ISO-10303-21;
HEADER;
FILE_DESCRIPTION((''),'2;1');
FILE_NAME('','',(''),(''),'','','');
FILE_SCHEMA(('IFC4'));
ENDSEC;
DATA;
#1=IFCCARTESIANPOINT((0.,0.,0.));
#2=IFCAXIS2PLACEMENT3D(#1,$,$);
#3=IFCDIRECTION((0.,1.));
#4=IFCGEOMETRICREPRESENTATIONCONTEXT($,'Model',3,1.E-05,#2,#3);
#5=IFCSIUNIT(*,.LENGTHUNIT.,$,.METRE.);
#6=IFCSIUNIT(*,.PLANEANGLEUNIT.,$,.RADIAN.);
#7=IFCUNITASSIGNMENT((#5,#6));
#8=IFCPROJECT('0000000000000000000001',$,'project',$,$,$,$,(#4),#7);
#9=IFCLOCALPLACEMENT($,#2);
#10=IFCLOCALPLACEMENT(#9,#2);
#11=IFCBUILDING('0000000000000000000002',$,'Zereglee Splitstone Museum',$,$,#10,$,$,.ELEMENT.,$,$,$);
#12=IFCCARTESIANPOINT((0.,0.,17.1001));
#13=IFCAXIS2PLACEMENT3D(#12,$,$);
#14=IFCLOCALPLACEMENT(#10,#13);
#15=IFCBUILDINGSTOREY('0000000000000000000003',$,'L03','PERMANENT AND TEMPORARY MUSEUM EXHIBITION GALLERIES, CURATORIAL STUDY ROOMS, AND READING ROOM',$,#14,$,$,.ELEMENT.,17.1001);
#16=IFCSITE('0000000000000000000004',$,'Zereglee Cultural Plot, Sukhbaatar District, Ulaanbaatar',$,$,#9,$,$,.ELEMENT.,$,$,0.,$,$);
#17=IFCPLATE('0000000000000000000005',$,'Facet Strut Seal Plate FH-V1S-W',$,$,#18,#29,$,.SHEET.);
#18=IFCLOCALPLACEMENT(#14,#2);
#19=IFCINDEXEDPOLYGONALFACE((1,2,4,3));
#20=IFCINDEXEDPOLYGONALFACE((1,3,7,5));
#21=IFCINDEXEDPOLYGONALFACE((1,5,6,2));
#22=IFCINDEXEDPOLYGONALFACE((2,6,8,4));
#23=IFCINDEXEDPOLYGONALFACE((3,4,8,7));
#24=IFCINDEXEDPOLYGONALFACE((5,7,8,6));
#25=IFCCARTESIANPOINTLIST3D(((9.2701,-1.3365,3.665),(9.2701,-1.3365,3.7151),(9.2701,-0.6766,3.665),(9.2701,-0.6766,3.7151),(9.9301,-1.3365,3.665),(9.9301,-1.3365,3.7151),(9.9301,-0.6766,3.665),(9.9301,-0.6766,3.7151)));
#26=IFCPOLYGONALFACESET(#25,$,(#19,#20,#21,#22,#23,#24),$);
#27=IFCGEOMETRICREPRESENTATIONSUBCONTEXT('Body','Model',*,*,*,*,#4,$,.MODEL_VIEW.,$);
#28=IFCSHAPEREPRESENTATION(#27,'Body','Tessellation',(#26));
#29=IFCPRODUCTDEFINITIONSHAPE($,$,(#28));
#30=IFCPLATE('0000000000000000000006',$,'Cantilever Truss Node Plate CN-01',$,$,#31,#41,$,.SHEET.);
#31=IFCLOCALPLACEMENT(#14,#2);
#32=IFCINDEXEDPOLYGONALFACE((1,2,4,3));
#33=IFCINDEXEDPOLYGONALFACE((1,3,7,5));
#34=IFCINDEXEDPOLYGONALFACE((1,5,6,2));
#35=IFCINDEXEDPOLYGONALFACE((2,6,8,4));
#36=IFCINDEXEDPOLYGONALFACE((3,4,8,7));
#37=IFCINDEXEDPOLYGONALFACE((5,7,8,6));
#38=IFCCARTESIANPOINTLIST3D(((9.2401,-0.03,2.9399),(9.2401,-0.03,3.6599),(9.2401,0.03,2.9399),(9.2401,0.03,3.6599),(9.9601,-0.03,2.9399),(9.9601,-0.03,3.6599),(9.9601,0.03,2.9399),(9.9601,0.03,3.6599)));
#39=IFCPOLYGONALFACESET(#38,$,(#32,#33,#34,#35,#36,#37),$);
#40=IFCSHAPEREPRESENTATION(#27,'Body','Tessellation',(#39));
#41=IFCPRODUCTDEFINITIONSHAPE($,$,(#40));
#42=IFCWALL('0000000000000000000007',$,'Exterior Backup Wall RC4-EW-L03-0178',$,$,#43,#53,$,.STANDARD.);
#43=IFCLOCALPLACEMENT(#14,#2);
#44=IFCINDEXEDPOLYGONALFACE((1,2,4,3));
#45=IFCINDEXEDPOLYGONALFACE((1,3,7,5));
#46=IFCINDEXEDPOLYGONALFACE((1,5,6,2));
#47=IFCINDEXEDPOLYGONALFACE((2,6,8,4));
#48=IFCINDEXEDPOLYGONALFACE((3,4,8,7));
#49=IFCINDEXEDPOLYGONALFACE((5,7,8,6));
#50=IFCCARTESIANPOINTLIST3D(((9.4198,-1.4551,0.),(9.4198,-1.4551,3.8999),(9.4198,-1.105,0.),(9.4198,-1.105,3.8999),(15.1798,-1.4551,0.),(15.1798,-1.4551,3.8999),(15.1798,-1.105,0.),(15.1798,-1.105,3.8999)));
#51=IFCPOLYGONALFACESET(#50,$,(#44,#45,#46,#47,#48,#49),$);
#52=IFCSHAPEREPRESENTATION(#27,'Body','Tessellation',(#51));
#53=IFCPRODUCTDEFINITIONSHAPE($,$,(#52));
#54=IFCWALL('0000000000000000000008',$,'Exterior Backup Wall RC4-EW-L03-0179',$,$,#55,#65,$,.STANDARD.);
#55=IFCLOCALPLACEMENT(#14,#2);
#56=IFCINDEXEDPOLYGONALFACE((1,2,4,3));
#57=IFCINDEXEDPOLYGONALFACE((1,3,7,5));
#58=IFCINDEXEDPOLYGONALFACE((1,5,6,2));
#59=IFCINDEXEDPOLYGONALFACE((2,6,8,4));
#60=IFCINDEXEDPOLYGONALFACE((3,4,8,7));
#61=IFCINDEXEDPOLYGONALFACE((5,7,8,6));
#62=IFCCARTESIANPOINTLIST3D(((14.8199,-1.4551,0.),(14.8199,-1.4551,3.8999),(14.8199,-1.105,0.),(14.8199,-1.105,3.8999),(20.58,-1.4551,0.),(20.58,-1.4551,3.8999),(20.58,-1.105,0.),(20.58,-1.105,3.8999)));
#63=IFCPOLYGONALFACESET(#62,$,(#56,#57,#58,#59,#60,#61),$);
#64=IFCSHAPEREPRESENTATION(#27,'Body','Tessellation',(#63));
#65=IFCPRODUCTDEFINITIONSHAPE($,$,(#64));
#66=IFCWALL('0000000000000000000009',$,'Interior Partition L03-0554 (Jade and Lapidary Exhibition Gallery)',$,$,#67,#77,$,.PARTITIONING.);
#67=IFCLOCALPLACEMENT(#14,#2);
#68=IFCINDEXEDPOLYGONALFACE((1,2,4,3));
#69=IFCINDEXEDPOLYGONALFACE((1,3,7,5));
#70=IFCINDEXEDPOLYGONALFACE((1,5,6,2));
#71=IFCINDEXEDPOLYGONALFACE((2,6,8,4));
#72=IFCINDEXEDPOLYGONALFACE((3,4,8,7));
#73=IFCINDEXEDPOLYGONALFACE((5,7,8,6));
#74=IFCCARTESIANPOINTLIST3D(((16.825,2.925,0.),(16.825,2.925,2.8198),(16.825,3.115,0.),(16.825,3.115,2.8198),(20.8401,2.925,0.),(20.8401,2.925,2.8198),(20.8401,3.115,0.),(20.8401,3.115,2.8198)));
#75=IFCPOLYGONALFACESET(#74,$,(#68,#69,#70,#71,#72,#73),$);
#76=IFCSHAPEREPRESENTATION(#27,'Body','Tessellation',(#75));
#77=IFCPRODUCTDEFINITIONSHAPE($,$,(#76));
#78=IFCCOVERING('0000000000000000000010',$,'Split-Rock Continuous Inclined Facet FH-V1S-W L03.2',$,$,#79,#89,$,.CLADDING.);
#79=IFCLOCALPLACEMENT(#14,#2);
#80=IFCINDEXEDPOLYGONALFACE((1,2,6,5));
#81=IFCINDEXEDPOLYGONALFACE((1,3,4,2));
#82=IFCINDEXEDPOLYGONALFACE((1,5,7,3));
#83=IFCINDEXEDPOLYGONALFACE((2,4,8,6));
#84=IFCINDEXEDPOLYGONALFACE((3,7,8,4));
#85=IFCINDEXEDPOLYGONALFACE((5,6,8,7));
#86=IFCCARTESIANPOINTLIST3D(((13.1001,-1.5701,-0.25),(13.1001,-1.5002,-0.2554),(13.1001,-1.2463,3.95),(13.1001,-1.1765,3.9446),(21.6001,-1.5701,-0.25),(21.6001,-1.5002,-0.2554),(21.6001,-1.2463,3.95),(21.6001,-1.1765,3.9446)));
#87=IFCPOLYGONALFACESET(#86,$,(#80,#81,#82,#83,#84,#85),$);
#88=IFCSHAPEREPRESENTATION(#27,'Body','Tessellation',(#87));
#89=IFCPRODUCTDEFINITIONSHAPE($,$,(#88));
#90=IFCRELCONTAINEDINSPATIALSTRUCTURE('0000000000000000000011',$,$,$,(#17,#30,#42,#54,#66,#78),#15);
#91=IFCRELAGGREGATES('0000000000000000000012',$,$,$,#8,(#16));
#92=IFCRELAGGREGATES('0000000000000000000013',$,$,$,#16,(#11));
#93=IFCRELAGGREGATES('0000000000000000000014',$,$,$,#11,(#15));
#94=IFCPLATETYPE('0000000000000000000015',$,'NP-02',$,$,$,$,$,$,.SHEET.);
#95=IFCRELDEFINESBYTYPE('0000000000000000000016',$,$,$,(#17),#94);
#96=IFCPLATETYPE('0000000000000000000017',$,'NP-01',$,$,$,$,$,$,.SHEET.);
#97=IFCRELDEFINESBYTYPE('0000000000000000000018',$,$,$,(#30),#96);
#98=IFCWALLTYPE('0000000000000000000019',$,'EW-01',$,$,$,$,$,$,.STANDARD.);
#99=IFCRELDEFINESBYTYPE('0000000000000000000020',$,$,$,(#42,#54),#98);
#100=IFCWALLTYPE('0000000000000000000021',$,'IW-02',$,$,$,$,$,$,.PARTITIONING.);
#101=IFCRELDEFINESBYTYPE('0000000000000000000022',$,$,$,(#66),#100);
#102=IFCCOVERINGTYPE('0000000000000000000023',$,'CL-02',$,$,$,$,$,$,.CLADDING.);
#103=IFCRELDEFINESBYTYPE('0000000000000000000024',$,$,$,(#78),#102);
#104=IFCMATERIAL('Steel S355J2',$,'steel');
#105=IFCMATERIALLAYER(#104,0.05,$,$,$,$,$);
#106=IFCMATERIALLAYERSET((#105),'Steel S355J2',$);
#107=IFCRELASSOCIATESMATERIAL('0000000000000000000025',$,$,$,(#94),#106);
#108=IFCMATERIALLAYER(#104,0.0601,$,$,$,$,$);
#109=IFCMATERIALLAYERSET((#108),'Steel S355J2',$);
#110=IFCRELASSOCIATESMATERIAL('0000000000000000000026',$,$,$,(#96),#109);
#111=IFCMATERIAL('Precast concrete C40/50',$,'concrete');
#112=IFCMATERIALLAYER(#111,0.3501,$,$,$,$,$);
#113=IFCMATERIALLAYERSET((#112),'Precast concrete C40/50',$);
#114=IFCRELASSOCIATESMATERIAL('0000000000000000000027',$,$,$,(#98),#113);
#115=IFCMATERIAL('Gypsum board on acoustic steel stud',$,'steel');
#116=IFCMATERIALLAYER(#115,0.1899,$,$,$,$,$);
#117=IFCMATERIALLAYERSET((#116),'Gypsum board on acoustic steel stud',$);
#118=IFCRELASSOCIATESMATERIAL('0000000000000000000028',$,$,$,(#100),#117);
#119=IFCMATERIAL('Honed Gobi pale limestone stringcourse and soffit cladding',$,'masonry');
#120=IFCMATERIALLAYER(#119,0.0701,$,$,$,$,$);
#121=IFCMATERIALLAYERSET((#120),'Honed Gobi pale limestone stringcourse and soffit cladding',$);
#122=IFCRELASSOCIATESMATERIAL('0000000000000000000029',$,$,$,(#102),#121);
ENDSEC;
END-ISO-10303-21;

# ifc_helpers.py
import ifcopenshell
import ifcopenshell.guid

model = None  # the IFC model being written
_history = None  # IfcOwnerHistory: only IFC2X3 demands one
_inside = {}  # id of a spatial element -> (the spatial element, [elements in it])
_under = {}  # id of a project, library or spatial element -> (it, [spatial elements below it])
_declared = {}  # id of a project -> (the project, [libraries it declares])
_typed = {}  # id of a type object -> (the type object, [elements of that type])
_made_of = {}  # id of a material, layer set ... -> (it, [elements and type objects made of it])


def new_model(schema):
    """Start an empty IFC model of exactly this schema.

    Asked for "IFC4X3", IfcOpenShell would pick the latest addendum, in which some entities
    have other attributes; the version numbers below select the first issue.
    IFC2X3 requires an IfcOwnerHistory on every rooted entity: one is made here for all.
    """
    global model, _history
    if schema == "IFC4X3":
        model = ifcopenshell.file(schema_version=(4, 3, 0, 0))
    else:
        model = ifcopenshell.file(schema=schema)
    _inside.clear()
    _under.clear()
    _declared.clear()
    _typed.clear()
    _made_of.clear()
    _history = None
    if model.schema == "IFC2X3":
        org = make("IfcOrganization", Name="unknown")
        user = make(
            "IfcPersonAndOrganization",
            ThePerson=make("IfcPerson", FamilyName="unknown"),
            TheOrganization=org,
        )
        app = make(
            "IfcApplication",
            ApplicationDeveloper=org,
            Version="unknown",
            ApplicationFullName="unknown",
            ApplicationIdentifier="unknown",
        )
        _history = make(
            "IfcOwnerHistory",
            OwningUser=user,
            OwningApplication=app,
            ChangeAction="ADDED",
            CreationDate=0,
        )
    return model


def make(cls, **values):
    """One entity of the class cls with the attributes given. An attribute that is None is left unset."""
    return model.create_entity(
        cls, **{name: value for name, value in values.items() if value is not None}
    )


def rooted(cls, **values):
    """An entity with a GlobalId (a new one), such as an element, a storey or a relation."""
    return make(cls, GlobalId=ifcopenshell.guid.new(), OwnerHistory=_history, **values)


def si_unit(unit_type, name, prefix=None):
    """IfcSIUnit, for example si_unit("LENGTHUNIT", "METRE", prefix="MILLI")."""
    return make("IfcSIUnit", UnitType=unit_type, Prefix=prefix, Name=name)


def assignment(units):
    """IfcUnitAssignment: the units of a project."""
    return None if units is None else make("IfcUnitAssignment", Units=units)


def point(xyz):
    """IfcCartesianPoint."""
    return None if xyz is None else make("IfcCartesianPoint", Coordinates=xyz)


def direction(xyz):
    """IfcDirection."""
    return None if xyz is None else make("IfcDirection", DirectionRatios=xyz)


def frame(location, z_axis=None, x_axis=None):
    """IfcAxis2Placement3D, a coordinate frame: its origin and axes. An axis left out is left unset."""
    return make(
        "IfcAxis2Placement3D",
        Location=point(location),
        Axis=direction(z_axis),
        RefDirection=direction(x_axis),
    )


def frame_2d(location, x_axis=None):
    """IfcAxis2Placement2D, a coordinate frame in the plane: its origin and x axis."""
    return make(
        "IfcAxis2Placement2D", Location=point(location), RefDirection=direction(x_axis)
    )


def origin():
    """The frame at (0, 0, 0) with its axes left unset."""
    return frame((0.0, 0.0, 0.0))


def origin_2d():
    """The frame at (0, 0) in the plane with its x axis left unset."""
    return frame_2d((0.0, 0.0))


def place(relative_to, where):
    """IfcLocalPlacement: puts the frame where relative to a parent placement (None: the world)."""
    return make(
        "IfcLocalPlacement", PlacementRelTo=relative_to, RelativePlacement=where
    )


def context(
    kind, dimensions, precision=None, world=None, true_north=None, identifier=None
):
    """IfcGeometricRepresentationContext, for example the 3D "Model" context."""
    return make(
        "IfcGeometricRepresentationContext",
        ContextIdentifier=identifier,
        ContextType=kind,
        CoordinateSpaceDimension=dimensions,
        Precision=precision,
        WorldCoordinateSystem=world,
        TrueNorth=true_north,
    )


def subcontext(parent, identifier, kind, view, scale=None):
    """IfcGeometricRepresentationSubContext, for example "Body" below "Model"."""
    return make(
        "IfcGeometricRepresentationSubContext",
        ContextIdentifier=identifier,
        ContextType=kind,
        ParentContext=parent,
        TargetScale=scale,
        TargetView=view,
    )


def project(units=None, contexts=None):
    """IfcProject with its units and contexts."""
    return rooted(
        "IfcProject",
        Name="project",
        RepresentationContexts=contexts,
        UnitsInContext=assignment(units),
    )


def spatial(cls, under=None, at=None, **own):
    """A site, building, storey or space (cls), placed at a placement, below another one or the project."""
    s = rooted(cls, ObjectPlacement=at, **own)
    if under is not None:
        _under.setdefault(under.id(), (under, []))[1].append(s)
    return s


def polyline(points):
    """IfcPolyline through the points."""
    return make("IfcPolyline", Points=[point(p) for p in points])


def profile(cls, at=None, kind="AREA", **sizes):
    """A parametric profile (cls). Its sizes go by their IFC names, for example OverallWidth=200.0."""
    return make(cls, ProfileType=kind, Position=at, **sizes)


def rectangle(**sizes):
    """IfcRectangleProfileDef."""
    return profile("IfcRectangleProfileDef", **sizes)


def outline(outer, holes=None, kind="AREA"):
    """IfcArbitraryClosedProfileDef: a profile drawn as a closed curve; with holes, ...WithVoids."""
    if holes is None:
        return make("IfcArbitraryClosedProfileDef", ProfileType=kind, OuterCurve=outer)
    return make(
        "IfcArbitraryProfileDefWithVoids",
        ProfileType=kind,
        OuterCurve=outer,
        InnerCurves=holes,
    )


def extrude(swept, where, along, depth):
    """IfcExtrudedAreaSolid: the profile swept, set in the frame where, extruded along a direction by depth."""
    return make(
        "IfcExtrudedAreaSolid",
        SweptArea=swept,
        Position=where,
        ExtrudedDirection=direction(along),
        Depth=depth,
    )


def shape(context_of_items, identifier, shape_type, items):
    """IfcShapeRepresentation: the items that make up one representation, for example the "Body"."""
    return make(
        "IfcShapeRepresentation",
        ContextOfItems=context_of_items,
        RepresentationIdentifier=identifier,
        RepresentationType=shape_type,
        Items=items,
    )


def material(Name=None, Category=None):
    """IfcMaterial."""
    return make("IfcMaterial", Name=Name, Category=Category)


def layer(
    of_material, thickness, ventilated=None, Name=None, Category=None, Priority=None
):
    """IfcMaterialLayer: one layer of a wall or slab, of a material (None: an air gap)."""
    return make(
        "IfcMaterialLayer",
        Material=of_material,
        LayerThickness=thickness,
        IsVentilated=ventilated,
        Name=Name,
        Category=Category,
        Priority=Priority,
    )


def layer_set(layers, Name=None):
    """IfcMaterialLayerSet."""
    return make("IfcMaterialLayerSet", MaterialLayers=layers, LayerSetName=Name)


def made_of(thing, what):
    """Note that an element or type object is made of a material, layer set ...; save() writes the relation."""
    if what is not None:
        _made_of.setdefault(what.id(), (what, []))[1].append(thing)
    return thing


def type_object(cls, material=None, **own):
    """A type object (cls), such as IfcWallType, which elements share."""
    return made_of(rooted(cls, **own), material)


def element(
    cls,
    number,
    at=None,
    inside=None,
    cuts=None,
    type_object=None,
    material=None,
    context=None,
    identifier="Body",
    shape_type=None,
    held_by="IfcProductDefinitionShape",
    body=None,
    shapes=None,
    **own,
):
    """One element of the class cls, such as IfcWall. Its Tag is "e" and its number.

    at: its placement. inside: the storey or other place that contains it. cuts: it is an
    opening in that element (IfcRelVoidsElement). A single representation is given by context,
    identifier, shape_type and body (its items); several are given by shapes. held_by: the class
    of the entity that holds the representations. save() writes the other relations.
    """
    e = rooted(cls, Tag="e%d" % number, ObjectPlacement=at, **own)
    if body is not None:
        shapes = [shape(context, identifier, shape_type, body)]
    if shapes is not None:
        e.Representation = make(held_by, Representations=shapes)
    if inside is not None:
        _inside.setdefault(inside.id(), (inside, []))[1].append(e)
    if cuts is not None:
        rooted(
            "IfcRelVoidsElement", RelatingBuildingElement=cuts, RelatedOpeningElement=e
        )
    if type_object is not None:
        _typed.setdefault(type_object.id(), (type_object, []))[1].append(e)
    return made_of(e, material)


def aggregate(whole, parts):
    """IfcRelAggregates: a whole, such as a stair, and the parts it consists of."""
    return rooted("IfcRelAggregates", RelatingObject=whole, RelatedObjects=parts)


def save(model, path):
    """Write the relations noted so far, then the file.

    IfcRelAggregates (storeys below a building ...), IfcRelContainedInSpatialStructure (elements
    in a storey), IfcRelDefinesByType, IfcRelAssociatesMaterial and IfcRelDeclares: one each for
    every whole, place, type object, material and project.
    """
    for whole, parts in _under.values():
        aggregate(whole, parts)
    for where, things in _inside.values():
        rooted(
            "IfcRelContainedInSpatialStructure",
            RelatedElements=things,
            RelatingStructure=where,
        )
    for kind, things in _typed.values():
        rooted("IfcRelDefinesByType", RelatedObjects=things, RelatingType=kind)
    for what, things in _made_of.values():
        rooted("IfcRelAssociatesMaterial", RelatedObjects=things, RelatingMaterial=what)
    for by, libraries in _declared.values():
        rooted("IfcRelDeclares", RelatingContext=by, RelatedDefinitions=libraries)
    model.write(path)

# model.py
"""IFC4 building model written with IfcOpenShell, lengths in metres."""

from ifc_helpers import new_model, si_unit, direction, frame, frame_2d, origin, origin_2d, place, context, subcontext, project, spatial, polyline, rectangle, outline, extrude, material, layer, layer_set, type_object, element, save


model = new_model("IFC4")

# Units and contexts
model_context = context("Model", 3, precision=1e-05, world=origin(), true_north=direction((0.0, 1.0)))
body_context = subcontext(model_context, "Body", "Model", "MODEL_VIEW")
ifc_project = project(units=[si_unit("LENGTHUNIT", "METRE"), si_unit("PLANEANGLEUNIT", "RADIAN")], contexts=[model_context])

# Site, building, storey
site_placement = place(None, origin())
site = spatial("IfcSite", under=ifc_project, at=site_placement, Name="Zereglee Cultural Plot, Sukhbaatar District, Ulaanbaatar", CompositionType="ELEMENT", RefElevation=0.0)
building_placement = place(site_placement, origin())
building = spatial("IfcBuilding", under=site, at=building_placement, Name="Zereglee Splitstone Museum", CompositionType="ELEMENT")
storey_placement = place(building_placement, frame((0.0, 0.0, 17.1001)))
storey = spatial("IfcBuildingStorey", under=building, at=storey_placement, Name="L03", Description="PERMANENT AND TEMPORARY MUSEUM EXHIBITION GALLERIES, CURATORIAL STUDY ROOMS, AND READING ROOM", CompositionType="ELEMENT", Elevation=17.1001)

# Shared definitions
ifc_material_1 = material(Name="Steel S355J2", Category="steel")

# Plates
ifc_layer_1 = layer(ifc_material_1, 0.05)
ifc_layer_set_1 = layer_set([ifc_layer_1], Name="Steel S355J2")
plate_type_1 = type_object("IfcPlateType", Name="NP-02", PredefinedType="SHEET", material=ifc_layer_set_1)
plate_1_placement = place(storey_placement, frame((9.6001, -1.0066, 3.665), z_axis=(0.0, 0.0, 1.0), x_axis=(1.0, 0.0, 0.0)))
element("IfcPlate", 1, at=plate_1_placement, inside=storey, type_object=plate_type_1, Name="Facet Strut Seal Plate FH-V1S-W", PredefinedType="SHEET", context=body_context, shape_type="SweptSolid", body=[
    extrude(rectangle(XDim=0.6599, YDim=0.6599, at=origin_2d()), origin(), (0.0, 0.0, 1.0), 0.05),
])
ifc_layer_2 = layer(ifc_material_1, 0.0601)
ifc_layer_set_2 = layer_set([ifc_layer_2], Name="Steel S355J2")
plate_type_2 = type_object("IfcPlateType", Name="NP-01", PredefinedType="SHEET", material=ifc_layer_set_2)
plate_2_placement = place(storey_placement, frame((9.6001, 0.0, 2.9399), z_axis=(0.0, 0.0, 1.0), x_axis=(1.0, 0.0, 0.0)))
element("IfcPlate", 2, at=plate_2_placement, inside=storey, type_object=plate_type_2, Name="Cantilever Truss Node Plate CN-01", PredefinedType="SHEET", context=body_context, shape_type="SweptSolid", body=[
    extrude(rectangle(XDim=0.72, YDim=0.0601, at=origin_2d()), origin(), (0.0, 0.0, 1.0), 0.72),
])

# Walls
ifc_material_2 = material(Name="Precast concrete C40/50", Category="concrete")
ifc_layer_3 = layer(ifc_material_2, 0.3501)
ifc_layer_set_3 = layer_set([ifc_layer_3], Name="Precast concrete C40/50")
wall_type_1 = type_object("IfcWallType", Name="EW-01", PredefinedType="STANDARD", material=ifc_layer_set_3)
for number, where, z_axis, x_axis, name in (
    (3, (9.4199, -1.28, 0.0), (0.0, 0.0, 1.0), (1.0, 0.0, 0.0), "Exterior Backup Wall RC4-EW-L03-0178"),
    (4, (14.8201, -1.28, 0.0), (0.0, 0.0, 1.0), (1.0, 0.0, 0.0), "Exterior Backup Wall RC4-EW-L03-0179"),
):
    element("IfcWall", number, at=place(storey_placement, frame(where, z_axis=z_axis, x_axis=x_axis)), inside=storey, type_object=wall_type_1, Name=name, PredefinedType="STANDARD", context=body_context, shape_type="SweptSolid", body=[
        extrude(rectangle(XDim=5.76, YDim=0.3501, at=frame_2d((2.8799, 0.0))), origin(), (0.0, 0.0, 1.0), 3.8999),
    ])
ifc_material_3 = material(Name="Gypsum board on acoustic steel stud", Category="steel")
ifc_layer_4 = layer(ifc_material_3, 0.1899)
ifc_layer_set_4 = layer_set([ifc_layer_4], Name="Gypsum board on acoustic steel stud")
wall_type_2 = type_object("IfcWallType", Name="IW-02", PredefinedType="PARTITIONING", material=ifc_layer_set_4)
wall_placement = place(storey_placement, frame((16.825, 3.02, 0.0), z_axis=(0.0, 0.0, 1.0), x_axis=(1.0, 0.0, 0.0)))
element("IfcWall", 5, at=wall_placement, inside=storey, type_object=wall_type_2, Name="Interior Partition L03-0554 (Jade and Lapidary Exhibition Gallery)", PredefinedType="PARTITIONING", context=body_context, shape_type="SweptSolid", body=[
    extrude(rectangle(XDim=4.0151, YDim=0.1899, at=frame_2d((2.0076, 0.0))), origin(), (0.0, 0.0, 1.0), 2.8198),
])

# Covering
ifc_material_4 = material(Name="Honed Gobi pale limestone stringcourse and soffit cladding", Category="masonry")
ifc_layer_5 = layer(ifc_material_4, 0.0701)
ifc_layer_set_5 = layer_set([ifc_layer_5], Name="Honed Gobi pale limestone stringcourse and soffit cladding")
covering_type = type_object("IfcCoveringType", Name="CL-02", PredefinedType="CLADDING", material=ifc_layer_set_5)
covering_placement = place(storey_placement, frame((13.1001, -1.5701, -0.25), z_axis=(0.0, -0.997043, 0.076852), x_axis=(1.0, 0.0, 0.0)))
element("IfcCovering", 6, at=covering_placement, inside=storey, type_object=covering_type, Name="Split-Rock Continuous Inclined Facet FH-V1S-W L03.2", PredefinedType="CLADDING", context=body_context, shape_type="SweptSolid", body=[
    extrude(outline(polyline([(0.0, 0.0), (8.5, 0.0), (8.5, 4.2124), (0.0, 4.2124), (0.0, 0.0)])), origin(), (0.0, 0.0, -1.0), 0.0701),
])

save(model, "model.ifc")
